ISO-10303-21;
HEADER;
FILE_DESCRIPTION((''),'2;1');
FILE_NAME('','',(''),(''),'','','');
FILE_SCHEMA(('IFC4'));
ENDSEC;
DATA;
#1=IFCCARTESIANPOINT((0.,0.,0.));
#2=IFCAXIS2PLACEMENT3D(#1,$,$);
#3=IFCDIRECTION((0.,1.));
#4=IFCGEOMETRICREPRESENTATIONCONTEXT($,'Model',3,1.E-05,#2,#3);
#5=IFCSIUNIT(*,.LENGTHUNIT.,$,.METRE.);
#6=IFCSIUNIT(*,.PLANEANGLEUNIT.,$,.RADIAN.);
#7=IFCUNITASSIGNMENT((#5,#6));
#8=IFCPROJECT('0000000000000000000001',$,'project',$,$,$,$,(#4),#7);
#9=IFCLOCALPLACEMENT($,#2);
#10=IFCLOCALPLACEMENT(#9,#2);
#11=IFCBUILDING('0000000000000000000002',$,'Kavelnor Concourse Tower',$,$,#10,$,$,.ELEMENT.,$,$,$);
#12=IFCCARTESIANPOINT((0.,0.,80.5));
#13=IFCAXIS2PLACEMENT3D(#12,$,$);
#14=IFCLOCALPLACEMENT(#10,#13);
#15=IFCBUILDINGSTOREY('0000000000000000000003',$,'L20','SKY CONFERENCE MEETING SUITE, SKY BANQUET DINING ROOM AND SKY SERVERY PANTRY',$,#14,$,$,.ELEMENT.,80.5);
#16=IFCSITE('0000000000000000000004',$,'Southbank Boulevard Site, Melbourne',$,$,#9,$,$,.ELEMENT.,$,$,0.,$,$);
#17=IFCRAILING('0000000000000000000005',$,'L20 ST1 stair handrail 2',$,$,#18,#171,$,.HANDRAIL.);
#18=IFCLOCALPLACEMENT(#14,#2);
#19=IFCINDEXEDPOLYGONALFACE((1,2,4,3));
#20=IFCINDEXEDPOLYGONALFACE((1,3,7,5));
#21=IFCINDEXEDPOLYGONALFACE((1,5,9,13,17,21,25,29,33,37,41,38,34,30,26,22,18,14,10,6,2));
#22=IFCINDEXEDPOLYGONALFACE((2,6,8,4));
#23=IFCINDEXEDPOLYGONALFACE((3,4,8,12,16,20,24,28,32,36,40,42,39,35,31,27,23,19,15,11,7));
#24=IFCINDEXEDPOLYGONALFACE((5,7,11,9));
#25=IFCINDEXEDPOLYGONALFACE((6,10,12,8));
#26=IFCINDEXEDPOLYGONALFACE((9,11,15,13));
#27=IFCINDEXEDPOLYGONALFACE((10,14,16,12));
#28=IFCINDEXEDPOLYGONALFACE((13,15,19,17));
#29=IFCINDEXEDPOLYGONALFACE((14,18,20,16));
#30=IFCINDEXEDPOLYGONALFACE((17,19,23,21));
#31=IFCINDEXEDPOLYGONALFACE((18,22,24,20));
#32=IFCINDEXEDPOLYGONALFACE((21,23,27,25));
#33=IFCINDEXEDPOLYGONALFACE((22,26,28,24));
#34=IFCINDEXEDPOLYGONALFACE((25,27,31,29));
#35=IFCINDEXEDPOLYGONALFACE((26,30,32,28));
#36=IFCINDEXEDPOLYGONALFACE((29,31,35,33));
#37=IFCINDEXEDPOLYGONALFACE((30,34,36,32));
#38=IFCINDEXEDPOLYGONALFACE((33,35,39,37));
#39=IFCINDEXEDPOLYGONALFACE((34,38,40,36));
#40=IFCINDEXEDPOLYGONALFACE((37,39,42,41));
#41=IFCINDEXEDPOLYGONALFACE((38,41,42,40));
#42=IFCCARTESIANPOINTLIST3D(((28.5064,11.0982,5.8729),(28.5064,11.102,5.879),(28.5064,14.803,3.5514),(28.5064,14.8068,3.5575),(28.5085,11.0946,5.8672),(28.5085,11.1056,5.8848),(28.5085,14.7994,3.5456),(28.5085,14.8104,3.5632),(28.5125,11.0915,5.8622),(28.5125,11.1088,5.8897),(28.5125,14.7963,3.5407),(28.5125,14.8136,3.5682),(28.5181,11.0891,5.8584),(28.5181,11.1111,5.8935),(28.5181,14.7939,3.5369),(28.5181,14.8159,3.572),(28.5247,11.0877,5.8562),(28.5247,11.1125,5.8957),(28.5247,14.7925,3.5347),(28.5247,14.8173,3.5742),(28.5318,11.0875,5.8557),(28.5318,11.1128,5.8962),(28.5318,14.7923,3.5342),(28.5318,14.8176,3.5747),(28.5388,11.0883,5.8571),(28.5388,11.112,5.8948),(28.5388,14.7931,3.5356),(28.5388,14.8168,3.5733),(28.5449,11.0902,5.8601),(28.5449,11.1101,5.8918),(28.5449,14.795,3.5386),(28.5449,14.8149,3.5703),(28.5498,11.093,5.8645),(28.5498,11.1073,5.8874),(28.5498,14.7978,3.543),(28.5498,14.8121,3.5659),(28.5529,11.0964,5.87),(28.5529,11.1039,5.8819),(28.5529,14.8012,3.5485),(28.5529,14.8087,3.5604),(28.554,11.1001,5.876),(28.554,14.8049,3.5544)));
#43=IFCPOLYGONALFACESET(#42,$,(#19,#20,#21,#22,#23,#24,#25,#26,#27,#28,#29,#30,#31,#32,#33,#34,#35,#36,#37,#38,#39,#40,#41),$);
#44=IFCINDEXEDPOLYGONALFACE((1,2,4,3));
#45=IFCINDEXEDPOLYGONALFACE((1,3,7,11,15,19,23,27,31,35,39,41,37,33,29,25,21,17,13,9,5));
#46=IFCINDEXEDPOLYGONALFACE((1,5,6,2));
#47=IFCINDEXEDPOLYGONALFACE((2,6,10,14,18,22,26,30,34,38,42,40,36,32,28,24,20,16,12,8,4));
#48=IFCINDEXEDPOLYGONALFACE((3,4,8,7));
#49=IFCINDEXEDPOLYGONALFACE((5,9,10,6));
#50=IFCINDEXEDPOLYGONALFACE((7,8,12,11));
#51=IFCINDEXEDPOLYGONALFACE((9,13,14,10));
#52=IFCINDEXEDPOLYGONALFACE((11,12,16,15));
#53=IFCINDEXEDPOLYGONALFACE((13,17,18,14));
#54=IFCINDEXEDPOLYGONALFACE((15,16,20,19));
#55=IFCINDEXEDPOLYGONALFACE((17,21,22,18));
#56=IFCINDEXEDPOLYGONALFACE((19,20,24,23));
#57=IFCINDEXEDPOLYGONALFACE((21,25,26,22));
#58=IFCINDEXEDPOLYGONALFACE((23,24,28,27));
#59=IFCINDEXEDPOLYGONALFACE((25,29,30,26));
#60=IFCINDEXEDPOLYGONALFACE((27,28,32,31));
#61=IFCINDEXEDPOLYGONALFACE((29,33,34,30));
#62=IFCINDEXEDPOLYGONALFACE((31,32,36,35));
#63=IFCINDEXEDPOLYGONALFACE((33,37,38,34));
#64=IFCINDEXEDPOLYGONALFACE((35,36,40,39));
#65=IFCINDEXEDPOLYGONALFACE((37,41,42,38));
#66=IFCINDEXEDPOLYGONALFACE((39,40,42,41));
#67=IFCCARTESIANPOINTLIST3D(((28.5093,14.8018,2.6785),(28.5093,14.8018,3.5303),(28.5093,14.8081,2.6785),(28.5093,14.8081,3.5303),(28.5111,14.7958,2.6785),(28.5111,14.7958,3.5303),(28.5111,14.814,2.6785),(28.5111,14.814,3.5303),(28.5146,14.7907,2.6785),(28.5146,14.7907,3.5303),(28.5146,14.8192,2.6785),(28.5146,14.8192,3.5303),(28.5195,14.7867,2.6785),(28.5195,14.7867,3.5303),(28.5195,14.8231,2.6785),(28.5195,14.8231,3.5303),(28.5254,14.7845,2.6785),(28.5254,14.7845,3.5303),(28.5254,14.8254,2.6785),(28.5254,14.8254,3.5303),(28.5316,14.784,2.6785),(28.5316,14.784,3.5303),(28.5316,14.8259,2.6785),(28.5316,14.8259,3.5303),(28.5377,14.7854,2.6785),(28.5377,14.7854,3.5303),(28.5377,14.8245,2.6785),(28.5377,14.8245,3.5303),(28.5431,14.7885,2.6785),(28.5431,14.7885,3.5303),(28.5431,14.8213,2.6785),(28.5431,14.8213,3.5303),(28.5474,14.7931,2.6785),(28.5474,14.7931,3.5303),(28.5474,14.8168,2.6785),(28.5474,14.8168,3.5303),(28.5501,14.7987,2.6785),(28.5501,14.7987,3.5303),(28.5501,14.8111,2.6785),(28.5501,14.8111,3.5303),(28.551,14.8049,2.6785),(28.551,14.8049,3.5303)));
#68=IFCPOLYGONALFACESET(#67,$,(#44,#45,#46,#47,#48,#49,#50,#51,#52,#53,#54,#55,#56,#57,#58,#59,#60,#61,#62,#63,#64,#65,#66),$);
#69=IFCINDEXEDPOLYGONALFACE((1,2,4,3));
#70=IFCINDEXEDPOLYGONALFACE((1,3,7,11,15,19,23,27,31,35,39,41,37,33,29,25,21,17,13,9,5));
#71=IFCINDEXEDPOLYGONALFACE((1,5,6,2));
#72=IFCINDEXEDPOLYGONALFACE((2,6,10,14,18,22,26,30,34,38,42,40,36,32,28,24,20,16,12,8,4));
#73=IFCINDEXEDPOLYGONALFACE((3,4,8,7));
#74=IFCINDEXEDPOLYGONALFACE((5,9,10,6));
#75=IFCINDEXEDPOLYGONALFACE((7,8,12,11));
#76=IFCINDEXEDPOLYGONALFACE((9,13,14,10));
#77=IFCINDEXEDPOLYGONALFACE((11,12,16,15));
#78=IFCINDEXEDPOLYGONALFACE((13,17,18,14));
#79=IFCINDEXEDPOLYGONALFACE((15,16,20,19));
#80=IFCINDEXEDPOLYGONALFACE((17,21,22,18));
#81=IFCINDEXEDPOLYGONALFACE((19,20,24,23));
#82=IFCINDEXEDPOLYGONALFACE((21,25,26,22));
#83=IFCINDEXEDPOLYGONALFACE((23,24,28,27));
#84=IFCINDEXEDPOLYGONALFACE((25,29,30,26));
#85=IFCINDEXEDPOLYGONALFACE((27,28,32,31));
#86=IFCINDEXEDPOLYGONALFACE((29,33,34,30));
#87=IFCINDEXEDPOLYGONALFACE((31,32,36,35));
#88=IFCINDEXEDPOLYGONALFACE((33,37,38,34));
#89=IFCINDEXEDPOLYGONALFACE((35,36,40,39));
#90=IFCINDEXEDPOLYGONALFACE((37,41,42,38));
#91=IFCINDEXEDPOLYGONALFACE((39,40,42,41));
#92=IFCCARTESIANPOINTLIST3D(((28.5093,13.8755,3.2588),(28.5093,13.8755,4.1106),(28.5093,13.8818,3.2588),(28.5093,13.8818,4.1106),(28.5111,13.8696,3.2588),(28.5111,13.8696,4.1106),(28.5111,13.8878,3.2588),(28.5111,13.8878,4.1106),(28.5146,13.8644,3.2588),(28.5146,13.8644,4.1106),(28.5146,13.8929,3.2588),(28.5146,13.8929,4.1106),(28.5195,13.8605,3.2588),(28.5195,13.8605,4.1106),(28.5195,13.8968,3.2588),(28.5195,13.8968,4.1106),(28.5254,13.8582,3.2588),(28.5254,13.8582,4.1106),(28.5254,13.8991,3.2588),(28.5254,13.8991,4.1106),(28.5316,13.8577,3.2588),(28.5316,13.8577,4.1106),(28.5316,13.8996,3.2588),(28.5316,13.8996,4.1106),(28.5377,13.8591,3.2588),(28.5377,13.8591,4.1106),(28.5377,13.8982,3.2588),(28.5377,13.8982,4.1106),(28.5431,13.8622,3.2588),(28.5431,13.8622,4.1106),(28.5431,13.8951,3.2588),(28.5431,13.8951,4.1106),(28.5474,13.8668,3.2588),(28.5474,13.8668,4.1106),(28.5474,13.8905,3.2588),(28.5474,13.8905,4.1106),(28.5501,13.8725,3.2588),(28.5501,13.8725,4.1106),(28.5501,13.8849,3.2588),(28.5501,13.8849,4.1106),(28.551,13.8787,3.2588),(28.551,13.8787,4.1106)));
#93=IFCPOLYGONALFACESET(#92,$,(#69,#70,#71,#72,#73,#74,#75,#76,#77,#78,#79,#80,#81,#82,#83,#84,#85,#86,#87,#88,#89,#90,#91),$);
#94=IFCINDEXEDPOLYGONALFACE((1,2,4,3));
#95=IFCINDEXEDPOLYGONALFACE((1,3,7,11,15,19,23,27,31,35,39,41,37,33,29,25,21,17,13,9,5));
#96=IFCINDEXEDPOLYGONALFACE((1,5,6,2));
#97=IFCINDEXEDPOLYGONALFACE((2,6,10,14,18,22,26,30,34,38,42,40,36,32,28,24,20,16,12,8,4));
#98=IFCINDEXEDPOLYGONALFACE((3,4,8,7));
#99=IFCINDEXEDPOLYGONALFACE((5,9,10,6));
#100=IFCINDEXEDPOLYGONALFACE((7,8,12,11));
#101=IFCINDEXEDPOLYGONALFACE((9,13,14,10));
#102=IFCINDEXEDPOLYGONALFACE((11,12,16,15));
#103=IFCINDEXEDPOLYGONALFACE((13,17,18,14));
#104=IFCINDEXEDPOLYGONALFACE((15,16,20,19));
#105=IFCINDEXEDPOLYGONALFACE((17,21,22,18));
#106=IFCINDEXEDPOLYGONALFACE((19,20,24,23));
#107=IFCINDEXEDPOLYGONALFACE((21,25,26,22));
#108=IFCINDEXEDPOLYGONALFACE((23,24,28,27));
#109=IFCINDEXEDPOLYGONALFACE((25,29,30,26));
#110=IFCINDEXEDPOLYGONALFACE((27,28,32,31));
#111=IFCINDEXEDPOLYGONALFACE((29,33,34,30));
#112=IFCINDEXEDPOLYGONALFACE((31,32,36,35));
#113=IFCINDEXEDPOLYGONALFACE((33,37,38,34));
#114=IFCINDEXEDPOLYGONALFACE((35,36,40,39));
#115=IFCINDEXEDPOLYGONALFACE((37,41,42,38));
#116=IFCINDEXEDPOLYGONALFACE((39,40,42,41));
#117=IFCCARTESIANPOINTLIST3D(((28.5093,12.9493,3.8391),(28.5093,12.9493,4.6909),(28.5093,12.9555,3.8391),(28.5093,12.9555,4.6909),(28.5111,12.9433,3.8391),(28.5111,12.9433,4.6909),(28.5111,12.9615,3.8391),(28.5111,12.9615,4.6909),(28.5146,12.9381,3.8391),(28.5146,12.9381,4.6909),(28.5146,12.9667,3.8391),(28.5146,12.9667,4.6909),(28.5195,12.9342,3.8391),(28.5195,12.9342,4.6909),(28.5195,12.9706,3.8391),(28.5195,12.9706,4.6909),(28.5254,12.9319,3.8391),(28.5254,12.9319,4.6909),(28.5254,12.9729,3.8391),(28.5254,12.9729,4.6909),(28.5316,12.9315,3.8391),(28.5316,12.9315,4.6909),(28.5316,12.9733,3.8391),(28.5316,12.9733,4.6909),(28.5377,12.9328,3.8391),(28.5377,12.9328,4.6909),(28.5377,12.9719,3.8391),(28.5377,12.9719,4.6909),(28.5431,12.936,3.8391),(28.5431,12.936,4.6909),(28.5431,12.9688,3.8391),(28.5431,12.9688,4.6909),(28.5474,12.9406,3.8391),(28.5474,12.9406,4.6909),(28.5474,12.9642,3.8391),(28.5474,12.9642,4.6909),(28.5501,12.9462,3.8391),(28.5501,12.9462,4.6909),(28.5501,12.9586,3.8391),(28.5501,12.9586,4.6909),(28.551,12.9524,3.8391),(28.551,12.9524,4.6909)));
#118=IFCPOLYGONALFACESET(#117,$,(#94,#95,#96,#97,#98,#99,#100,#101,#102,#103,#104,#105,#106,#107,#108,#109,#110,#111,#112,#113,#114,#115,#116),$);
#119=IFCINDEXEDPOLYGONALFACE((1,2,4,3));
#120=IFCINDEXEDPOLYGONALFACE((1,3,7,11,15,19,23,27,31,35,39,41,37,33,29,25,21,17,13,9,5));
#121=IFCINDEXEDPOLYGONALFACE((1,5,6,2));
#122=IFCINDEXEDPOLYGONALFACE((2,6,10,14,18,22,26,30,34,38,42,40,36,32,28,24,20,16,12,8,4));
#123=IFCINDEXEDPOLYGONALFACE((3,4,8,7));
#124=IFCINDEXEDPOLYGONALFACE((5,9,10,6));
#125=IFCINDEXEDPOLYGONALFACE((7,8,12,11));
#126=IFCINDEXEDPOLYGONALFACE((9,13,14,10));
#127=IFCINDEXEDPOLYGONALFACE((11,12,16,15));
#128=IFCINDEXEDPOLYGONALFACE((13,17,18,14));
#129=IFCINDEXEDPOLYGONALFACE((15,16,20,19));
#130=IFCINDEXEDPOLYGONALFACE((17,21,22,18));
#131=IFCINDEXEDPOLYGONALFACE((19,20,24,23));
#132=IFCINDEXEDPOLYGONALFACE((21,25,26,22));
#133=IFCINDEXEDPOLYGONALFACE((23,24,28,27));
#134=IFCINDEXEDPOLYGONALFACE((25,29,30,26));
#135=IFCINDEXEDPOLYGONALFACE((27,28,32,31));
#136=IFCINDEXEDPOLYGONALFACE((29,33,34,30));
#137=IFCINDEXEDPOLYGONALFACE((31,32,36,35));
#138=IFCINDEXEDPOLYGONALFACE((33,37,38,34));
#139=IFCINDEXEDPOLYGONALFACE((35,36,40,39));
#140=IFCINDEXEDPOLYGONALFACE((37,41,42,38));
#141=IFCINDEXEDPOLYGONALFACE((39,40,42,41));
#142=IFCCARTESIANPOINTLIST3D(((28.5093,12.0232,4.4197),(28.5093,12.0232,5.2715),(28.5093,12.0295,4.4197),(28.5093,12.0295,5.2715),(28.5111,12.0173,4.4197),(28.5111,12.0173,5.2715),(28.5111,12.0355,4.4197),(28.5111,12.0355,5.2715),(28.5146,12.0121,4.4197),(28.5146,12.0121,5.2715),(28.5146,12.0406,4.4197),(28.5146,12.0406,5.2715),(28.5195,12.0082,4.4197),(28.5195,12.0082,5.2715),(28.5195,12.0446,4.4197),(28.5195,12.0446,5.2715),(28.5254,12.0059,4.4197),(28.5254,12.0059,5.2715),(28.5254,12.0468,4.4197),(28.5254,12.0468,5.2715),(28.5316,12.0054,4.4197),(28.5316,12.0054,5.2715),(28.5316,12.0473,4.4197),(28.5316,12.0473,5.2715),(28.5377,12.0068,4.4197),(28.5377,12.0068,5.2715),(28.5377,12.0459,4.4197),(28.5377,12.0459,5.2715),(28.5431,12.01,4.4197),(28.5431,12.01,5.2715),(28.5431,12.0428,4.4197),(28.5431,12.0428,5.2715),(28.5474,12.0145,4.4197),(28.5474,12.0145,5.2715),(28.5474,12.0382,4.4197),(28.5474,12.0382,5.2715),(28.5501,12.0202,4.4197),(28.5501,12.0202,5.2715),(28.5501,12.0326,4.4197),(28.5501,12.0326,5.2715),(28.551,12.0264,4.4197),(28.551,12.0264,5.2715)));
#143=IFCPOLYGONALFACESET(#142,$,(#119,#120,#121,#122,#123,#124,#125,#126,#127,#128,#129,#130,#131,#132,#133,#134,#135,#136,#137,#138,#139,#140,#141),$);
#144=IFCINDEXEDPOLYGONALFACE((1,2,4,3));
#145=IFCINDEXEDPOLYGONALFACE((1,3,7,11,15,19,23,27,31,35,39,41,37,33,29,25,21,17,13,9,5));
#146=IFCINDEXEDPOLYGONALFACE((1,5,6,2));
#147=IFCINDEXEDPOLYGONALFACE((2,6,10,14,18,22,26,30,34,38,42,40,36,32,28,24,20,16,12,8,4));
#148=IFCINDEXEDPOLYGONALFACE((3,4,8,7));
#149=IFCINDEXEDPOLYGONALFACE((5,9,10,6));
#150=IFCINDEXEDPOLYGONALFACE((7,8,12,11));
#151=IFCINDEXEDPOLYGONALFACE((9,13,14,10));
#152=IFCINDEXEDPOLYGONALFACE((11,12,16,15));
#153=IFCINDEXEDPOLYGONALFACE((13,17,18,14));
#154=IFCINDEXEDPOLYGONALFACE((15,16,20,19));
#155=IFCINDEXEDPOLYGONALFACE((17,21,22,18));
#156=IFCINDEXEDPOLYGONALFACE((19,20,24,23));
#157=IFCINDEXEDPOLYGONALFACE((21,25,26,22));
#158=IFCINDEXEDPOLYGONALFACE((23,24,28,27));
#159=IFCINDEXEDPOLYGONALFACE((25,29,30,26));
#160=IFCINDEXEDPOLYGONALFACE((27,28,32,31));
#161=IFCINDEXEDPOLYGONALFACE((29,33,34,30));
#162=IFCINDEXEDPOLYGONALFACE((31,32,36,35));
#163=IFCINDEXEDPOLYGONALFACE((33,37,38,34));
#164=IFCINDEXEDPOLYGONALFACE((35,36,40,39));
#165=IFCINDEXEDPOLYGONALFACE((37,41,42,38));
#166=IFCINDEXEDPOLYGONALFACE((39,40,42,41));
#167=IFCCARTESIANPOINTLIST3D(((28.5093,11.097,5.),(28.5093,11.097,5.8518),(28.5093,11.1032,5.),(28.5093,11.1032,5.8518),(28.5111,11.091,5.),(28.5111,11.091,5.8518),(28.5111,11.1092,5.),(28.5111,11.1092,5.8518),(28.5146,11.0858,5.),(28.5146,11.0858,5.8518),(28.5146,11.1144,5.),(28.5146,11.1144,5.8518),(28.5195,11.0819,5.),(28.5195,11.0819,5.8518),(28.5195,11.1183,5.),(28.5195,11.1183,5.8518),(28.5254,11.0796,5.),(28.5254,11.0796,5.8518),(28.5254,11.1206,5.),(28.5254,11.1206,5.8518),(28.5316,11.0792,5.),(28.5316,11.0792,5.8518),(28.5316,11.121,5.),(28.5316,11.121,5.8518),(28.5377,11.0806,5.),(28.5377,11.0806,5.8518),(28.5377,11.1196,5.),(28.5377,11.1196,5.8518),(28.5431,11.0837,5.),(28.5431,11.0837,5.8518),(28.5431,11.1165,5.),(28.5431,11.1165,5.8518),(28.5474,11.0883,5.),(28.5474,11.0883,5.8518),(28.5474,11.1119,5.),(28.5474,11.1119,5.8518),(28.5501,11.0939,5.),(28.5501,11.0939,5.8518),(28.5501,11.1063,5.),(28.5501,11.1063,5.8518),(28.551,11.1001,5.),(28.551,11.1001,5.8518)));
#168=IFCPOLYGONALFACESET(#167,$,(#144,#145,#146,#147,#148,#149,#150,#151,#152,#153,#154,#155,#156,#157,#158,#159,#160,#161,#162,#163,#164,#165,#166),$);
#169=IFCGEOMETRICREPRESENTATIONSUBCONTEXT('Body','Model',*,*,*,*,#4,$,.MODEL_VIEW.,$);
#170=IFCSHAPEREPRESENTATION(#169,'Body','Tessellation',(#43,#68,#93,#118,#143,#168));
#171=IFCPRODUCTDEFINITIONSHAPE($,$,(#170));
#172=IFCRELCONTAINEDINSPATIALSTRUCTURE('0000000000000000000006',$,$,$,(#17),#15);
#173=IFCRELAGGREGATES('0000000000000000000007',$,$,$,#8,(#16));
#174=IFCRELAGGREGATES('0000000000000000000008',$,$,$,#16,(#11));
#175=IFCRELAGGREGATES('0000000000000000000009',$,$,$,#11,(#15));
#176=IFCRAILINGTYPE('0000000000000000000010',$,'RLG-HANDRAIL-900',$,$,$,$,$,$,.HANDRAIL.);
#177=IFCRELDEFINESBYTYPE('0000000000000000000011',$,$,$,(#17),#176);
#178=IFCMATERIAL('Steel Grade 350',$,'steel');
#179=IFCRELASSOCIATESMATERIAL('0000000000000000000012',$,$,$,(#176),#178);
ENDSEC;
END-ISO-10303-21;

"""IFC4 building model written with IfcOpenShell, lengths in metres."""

from ifc_helpers import new_model, si_unit, direction, frame, origin, origin_2d, place, context, subcontext, project, spatial, circle, extrude, material, type_object, element, save


model = new_model("IFC4")

# Units and contexts
model_context = context("Model", 3, precision=1e-05, world=origin(), true_north=direction((0.0, 1.0)))
body_context = subcontext(model_context, "Body", "Model", "MODEL_VIEW")
ifc_project = project(units=[si_unit("LENGTHUNIT", "METRE"), si_unit("PLANEANGLEUNIT", "RADIAN")], contexts=[model_context])

# Site, building, storey
site_placement = place(None, origin())
site = spatial("IfcSite", under=ifc_project, at=site_placement, Name="Southbank Boulevard Site, Melbourne", CompositionType="ELEMENT", RefElevation=0.0)
building_placement = place(site_placement, origin())
building = spatial("IfcBuilding", under=site, at=building_placement, Name="Kavelnor Concourse Tower", CompositionType="ELEMENT")
storey_placement = place(building_placement, frame((0.0, 0.0, 80.5)))
storey = spatial("IfcBuildingStorey", under=building, at=storey_placement, Name="L20", Description="SKY CONFERENCE MEETING SUITE, SKY BANQUET DINING ROOM AND SKY SERVERY PANTRY", CompositionType="ELEMENT", Elevation=80.5)

# Shared definitions
ifc_material_1 = material(Name="Steel Grade 350", Category="steel")

# Railing
railing_type_1 = type_object("IfcRailingType", Name="RLG-HANDRAIL-900", PredefinedType="HANDRAIL", material=ifc_material_1)
railing_1_placement = place(storey_placement, frame((28.53, 14.8049, 2.6785)))
element("IfcRailing", 1, at=railing_1_placement, inside=storey, type_object=railing_type_1, Name="L20 ST1 stair handrail 2", PredefinedType="HANDRAIL", context=body_context, shape_type="SweptSolid", body=[
    extrude(circle(Radius=0.0239, at=origin_2d()), frame((0.0, 0.0, 0.876), z_axis=(0.0, -0.84738, 0.530987), x_axis=(1.0, 0.0, 0.0)), (0.0, 0.0, 1.0), 4.3721),
    extrude(circle(Radius=0.021, at=origin_2d()), origin(), (0.0, 0.0, 1.0), 0.8518),
    extrude(circle(Radius=0.021, at=origin_2d()), frame((0.0, -0.9263, 0.5803)), (0.0, 0.0, 1.0), 0.8518),
    extrude(circle(Radius=0.021, at=origin_2d()), frame((0.0, -1.8525, 1.1606)), (0.0, 0.0, 1.0), 0.8518),
    extrude(circle(Radius=0.021, at=origin_2d()), frame((0.0, -2.7786, 1.7412)), (0.0, 0.0, 1.0), 0.8518),
    extrude(circle(Radius=0.021, at=origin_2d()), frame((0.0, -3.7048, 2.3215)), (0.0, 0.0, 1.0), 0.8518),
])

save(model, "model.ifc")
